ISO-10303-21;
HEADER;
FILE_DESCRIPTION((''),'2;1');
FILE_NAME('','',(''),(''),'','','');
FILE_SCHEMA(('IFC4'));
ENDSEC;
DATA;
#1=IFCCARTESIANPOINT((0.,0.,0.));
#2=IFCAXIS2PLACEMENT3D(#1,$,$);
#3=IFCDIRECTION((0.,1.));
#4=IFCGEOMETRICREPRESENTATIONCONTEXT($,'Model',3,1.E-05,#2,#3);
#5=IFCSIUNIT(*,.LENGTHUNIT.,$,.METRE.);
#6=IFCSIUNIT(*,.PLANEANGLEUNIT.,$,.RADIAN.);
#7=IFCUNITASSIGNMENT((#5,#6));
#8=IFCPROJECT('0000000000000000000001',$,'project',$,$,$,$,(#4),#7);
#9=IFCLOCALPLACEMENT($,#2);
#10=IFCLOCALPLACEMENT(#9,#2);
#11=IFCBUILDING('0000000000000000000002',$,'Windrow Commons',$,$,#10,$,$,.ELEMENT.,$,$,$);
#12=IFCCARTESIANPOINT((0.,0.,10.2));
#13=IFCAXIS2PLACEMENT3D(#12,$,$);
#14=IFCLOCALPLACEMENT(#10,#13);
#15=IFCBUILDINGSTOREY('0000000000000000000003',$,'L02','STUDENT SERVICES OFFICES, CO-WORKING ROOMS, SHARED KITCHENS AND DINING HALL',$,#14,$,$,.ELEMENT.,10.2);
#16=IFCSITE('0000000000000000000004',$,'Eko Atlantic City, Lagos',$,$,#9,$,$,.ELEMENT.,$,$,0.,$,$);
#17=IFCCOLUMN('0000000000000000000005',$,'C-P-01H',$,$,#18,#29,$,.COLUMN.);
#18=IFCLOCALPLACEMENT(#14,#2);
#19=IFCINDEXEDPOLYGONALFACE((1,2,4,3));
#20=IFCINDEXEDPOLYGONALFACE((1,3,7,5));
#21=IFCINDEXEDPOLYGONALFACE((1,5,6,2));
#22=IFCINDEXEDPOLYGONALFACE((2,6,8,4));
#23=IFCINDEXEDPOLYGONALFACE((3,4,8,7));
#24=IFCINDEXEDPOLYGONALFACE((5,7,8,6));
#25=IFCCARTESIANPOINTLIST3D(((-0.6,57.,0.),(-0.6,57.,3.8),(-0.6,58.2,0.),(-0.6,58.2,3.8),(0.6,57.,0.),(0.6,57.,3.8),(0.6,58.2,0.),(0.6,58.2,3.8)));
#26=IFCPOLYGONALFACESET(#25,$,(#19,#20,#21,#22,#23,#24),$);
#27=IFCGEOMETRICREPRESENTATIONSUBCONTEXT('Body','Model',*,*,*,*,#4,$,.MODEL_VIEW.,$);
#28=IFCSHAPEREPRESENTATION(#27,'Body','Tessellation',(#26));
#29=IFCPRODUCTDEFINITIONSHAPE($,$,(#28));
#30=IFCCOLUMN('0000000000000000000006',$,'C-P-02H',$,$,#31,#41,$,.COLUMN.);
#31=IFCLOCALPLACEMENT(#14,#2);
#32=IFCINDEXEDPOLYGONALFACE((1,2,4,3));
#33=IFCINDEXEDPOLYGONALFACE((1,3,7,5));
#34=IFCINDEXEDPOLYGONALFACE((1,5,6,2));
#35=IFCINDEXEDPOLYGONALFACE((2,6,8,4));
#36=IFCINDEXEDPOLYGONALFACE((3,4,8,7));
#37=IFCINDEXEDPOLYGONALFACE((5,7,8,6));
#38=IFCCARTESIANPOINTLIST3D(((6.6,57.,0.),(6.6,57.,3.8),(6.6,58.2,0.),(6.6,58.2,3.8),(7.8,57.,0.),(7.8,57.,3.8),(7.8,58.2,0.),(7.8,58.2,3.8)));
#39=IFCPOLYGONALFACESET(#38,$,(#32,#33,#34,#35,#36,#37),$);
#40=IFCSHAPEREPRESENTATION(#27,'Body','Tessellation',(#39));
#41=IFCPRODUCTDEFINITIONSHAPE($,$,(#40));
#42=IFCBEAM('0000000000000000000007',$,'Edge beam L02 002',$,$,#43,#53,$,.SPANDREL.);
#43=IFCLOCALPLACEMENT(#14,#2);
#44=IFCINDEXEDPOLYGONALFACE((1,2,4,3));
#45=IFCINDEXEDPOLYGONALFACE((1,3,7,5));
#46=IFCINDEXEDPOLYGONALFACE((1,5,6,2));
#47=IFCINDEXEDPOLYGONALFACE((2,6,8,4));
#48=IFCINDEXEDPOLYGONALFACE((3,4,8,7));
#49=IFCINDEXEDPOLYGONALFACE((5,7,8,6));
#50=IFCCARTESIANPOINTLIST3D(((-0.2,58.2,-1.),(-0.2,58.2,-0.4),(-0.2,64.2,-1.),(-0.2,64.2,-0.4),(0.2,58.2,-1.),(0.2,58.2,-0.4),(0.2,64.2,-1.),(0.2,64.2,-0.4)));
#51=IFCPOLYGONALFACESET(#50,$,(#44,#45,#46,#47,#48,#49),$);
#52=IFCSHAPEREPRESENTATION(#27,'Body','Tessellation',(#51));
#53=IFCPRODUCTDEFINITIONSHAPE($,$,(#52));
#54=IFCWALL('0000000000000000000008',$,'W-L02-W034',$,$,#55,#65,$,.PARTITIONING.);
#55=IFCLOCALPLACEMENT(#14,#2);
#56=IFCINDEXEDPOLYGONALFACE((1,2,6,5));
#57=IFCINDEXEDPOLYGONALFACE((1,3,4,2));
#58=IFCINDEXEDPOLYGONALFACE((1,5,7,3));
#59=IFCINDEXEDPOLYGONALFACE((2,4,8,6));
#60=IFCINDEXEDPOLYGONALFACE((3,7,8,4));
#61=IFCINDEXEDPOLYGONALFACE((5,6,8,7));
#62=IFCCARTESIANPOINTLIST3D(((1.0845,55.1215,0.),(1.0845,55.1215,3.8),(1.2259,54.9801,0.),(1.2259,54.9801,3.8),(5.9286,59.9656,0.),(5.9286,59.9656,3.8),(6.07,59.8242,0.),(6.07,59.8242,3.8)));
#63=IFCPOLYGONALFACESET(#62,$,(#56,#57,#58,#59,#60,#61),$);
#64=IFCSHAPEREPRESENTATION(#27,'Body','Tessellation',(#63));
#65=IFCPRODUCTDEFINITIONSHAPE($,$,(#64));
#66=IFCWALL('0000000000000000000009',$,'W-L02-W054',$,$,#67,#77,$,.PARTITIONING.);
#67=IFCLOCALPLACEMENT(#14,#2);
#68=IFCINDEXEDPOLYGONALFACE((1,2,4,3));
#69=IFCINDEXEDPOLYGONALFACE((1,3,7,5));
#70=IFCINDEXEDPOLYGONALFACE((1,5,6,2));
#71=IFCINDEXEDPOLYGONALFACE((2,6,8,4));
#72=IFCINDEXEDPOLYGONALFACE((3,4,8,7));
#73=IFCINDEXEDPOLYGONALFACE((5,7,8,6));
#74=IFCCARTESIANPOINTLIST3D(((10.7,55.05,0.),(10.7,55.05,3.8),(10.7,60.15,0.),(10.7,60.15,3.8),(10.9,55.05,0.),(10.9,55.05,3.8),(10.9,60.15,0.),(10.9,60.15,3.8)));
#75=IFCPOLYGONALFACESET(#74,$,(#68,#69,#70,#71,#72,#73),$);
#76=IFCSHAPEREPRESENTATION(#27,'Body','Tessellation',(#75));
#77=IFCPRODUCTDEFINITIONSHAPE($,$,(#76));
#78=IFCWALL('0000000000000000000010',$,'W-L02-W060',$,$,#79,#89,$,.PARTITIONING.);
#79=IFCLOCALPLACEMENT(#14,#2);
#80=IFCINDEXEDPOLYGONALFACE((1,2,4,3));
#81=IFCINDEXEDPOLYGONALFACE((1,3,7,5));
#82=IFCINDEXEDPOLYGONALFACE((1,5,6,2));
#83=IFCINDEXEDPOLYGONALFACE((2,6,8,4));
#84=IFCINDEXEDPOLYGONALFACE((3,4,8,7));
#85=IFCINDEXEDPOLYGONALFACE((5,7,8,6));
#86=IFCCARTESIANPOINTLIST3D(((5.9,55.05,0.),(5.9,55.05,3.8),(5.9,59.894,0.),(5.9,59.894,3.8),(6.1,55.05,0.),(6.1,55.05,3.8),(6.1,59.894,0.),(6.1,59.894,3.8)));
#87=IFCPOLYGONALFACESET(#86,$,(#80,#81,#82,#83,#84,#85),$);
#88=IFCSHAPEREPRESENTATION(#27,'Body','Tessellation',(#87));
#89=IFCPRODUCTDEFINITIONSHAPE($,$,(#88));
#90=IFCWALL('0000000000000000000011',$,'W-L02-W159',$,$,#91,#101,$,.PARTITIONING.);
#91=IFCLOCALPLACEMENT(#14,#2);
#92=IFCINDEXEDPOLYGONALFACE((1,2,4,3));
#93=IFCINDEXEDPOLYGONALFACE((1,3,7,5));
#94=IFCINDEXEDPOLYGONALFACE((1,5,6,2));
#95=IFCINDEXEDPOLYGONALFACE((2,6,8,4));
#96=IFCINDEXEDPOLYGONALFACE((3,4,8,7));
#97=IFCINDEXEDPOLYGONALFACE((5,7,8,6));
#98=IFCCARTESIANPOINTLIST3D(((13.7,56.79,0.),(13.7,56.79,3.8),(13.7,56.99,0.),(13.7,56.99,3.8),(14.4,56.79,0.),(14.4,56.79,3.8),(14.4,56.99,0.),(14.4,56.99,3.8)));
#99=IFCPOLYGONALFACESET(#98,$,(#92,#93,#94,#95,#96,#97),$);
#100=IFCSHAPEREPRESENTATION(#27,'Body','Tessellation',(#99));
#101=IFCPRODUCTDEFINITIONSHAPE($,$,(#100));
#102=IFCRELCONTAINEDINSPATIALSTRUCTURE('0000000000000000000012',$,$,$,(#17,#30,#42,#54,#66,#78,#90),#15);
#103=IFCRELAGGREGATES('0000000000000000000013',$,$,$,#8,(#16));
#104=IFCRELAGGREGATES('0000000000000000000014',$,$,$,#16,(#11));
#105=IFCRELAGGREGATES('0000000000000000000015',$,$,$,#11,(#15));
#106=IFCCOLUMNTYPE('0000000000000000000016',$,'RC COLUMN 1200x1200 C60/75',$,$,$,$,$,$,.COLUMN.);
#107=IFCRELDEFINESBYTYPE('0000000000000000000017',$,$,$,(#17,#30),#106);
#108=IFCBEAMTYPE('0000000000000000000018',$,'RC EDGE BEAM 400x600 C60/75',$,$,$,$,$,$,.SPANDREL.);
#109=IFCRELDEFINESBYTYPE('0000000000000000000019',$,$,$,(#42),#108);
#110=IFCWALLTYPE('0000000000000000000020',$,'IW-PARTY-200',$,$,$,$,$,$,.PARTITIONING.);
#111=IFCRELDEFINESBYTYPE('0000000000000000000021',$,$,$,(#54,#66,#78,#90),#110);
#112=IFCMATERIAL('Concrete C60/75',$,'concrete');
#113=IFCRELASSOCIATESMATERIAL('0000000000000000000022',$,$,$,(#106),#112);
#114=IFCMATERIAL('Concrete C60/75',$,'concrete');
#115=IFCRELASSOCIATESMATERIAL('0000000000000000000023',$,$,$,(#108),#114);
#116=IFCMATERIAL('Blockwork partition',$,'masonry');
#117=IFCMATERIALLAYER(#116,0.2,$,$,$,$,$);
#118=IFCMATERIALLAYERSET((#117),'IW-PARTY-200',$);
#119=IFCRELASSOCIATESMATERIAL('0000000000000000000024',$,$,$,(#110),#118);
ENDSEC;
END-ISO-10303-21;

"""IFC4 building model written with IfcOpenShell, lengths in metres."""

from ifc_helpers import new_model, si_unit, direction, frame, frame_2d, origin, origin_2d, place, context, subcontext, project, spatial, rectangle, extrude, material, layer, layer_set, material_profile, profile_set, type_object, element, save


model = new_model("IFC4")

# Units and contexts
model_context = context("Model", 3, precision=1e-05, world=origin(), true_north=direction((0.0, 1.0)))
body_context = subcontext(model_context, "Body", "Model", "MODEL_VIEW")
ifc_project = project(units=[si_unit("LENGTHUNIT", "METRE"), si_unit("PLANEANGLEUNIT", "RADIAN")], contexts=[model_context])

# Site, building, storey
site_placement = place(None, origin())
site = spatial("IfcSite", under=ifc_project, at=site_placement, Name="Eko Atlantic City, Lagos", CompositionType="ELEMENT", RefElevation=0.0)
building_placement = place(site_placement, origin())
building = spatial("IfcBuilding", under=site, at=building_placement, Name="Windrow Commons", CompositionType="ELEMENT")
storey_placement = place(building_placement, frame((0.0, 0.0, 10.2)))
storey = spatial("IfcBuildingStorey", under=building, at=storey_placement, Name="L02", Description="STUDENT SERVICES OFFICES, CO-WORKING ROOMS, SHARED KITCHENS AND DINING HALL", CompositionType="ELEMENT", Elevation=10.2)

# Columns
ifc_material_1 = material(Name="Concrete C60/75", Category="concrete")
ifc_material_profile_1 = material_profile(ifc_material_1, rectangle(XDim=1.2, YDim=1.2, at=origin_2d()))
ifc_profile_set_1 = profile_set([ifc_material_profile_1], Name="Concrete C60/75")
column_type = type_object("IfcColumnType", Name="RC COLUMN 1200x1200 C60/75", PredefinedType="COLUMN", material=ifc_profile_set_1)
for number, where, z_axis, x_axis, name in (
    (1, (0.0, 57.6, 0.0), (0.0, 0.0, 1.0), (1.0, 0.0, 0.0), "C-P-01H"),
    (2, (7.2, 57.6, 0.0), (0.0, 0.0, 1.0), (1.0, 0.0, 0.0), "C-P-02H"),
):
    element("IfcColumn", number, at=place(storey_placement, frame(where, z_axis=z_axis, x_axis=x_axis)), inside=storey, type_object=column_type, Name=name, PredefinedType="COLUMN", context=body_context, shape_type="SweptSolid", body=[
        extrude(rectangle(XDim=1.2, YDim=1.2, at=origin_2d()), origin(), (0.0, 0.0, 1.0), 3.8),
    ])

# Beam
ifc_material_2 = material(Name="Concrete C60/75", Category="concrete")
ifc_material_profile_2 = material_profile(ifc_material_2, rectangle(XDim=0.4, YDim=0.6, at=origin_2d()))
ifc_profile_set_2 = profile_set([ifc_material_profile_2], Name="Concrete C60/75")
beam_type = type_object("IfcBeamType", Name="RC EDGE BEAM 400x600 C60/75", PredefinedType="SPANDREL", material=ifc_profile_set_2)
beam_placement = place(storey_placement, frame((0.0, 58.2, -0.7), z_axis=(0.0, 1.0, 0.0), x_axis=(-1.0, 0.0, 0.0)))
element("IfcBeam", 3, at=beam_placement, inside=storey, type_object=beam_type, Name="Edge beam L02 002", PredefinedType="SPANDREL", context=body_context, shape_type="SweptSolid", body=[
    extrude(rectangle(XDim=0.4, YDim=0.6, at=origin_2d()), origin(), (0.0, 0.0, 1.0), 6.0),
])

# Walls
ifc_material_3 = material(Name="Blockwork partition", Category="masonry")
ifc_layer = layer(ifc_material_3, 0.2)
ifc_layer_set = layer_set([ifc_layer], Name="IW-PARTY-200")
wall_type = type_object("IfcWallType", Name="IW-PARTY-200", PredefinedType="PARTITIONING", material=ifc_layer_set)
wall_1_placement = place(storey_placement, frame((1.1552, 55.0508, 0.0), z_axis=(0.0, 0.0, 1.0), x_axis=(0.707107, 0.707107, 0.0)))
element("IfcWall", 4, at=wall_1_placement, inside=storey, type_object=wall_type, Name="W-L02-W034", PredefinedType="PARTITIONING", context=body_context, shape_type="SweptSolid", body=[
    extrude(rectangle(XDim=6.8505, YDim=0.2, at=frame_2d((3.4253, 0.0))), origin(), (0.0, 0.0, 1.0), 3.8),
])
wall_2_placement = place(storey_placement, frame((10.8, 55.05, 0.0), z_axis=(0.0, 0.0, 1.0), x_axis=(0.0, 1.0, 0.0)))
element("IfcWall", 5, at=wall_2_placement, inside=storey, type_object=wall_type, Name="W-L02-W054", PredefinedType="PARTITIONING", context=body_context, shape_type="SweptSolid", body=[
    extrude(rectangle(XDim=5.1, YDim=0.2, at=frame_2d((2.55, 0.0))), origin(), (0.0, 0.0, 1.0), 3.8),
])
wall_3_placement = place(storey_placement, frame((6.0, 55.05, 0.0), z_axis=(0.0, 0.0, 1.0), x_axis=(0.0, 1.0, 0.0)))
element("IfcWall", 6, at=wall_3_placement, inside=storey, type_object=wall_type, Name="W-L02-W060", PredefinedType="PARTITIONING", context=body_context, shape_type="SweptSolid", body=[
    extrude(rectangle(XDim=4.844, YDim=0.2, at=frame_2d((2.422, 0.0))), origin(), (0.0, 0.0, 1.0), 3.8),
])
wall_4_placement = place(storey_placement, frame((13.7, 56.89, 0.0), z_axis=(0.0, 0.0, 1.0), x_axis=(1.0, 0.0, 0.0)))
element("IfcWall", 7, at=wall_4_placement, inside=storey, type_object=wall_type, Name="W-L02-W159", PredefinedType="PARTITIONING", context=body_context, shape_type="SweptSolid", body=[
    extrude(rectangle(XDim=0.7, YDim=0.2, at=frame_2d((0.35, 0.0))), origin(), (0.0, 0.0, 1.0), 3.8),
])

save(model, "model.ifc")
